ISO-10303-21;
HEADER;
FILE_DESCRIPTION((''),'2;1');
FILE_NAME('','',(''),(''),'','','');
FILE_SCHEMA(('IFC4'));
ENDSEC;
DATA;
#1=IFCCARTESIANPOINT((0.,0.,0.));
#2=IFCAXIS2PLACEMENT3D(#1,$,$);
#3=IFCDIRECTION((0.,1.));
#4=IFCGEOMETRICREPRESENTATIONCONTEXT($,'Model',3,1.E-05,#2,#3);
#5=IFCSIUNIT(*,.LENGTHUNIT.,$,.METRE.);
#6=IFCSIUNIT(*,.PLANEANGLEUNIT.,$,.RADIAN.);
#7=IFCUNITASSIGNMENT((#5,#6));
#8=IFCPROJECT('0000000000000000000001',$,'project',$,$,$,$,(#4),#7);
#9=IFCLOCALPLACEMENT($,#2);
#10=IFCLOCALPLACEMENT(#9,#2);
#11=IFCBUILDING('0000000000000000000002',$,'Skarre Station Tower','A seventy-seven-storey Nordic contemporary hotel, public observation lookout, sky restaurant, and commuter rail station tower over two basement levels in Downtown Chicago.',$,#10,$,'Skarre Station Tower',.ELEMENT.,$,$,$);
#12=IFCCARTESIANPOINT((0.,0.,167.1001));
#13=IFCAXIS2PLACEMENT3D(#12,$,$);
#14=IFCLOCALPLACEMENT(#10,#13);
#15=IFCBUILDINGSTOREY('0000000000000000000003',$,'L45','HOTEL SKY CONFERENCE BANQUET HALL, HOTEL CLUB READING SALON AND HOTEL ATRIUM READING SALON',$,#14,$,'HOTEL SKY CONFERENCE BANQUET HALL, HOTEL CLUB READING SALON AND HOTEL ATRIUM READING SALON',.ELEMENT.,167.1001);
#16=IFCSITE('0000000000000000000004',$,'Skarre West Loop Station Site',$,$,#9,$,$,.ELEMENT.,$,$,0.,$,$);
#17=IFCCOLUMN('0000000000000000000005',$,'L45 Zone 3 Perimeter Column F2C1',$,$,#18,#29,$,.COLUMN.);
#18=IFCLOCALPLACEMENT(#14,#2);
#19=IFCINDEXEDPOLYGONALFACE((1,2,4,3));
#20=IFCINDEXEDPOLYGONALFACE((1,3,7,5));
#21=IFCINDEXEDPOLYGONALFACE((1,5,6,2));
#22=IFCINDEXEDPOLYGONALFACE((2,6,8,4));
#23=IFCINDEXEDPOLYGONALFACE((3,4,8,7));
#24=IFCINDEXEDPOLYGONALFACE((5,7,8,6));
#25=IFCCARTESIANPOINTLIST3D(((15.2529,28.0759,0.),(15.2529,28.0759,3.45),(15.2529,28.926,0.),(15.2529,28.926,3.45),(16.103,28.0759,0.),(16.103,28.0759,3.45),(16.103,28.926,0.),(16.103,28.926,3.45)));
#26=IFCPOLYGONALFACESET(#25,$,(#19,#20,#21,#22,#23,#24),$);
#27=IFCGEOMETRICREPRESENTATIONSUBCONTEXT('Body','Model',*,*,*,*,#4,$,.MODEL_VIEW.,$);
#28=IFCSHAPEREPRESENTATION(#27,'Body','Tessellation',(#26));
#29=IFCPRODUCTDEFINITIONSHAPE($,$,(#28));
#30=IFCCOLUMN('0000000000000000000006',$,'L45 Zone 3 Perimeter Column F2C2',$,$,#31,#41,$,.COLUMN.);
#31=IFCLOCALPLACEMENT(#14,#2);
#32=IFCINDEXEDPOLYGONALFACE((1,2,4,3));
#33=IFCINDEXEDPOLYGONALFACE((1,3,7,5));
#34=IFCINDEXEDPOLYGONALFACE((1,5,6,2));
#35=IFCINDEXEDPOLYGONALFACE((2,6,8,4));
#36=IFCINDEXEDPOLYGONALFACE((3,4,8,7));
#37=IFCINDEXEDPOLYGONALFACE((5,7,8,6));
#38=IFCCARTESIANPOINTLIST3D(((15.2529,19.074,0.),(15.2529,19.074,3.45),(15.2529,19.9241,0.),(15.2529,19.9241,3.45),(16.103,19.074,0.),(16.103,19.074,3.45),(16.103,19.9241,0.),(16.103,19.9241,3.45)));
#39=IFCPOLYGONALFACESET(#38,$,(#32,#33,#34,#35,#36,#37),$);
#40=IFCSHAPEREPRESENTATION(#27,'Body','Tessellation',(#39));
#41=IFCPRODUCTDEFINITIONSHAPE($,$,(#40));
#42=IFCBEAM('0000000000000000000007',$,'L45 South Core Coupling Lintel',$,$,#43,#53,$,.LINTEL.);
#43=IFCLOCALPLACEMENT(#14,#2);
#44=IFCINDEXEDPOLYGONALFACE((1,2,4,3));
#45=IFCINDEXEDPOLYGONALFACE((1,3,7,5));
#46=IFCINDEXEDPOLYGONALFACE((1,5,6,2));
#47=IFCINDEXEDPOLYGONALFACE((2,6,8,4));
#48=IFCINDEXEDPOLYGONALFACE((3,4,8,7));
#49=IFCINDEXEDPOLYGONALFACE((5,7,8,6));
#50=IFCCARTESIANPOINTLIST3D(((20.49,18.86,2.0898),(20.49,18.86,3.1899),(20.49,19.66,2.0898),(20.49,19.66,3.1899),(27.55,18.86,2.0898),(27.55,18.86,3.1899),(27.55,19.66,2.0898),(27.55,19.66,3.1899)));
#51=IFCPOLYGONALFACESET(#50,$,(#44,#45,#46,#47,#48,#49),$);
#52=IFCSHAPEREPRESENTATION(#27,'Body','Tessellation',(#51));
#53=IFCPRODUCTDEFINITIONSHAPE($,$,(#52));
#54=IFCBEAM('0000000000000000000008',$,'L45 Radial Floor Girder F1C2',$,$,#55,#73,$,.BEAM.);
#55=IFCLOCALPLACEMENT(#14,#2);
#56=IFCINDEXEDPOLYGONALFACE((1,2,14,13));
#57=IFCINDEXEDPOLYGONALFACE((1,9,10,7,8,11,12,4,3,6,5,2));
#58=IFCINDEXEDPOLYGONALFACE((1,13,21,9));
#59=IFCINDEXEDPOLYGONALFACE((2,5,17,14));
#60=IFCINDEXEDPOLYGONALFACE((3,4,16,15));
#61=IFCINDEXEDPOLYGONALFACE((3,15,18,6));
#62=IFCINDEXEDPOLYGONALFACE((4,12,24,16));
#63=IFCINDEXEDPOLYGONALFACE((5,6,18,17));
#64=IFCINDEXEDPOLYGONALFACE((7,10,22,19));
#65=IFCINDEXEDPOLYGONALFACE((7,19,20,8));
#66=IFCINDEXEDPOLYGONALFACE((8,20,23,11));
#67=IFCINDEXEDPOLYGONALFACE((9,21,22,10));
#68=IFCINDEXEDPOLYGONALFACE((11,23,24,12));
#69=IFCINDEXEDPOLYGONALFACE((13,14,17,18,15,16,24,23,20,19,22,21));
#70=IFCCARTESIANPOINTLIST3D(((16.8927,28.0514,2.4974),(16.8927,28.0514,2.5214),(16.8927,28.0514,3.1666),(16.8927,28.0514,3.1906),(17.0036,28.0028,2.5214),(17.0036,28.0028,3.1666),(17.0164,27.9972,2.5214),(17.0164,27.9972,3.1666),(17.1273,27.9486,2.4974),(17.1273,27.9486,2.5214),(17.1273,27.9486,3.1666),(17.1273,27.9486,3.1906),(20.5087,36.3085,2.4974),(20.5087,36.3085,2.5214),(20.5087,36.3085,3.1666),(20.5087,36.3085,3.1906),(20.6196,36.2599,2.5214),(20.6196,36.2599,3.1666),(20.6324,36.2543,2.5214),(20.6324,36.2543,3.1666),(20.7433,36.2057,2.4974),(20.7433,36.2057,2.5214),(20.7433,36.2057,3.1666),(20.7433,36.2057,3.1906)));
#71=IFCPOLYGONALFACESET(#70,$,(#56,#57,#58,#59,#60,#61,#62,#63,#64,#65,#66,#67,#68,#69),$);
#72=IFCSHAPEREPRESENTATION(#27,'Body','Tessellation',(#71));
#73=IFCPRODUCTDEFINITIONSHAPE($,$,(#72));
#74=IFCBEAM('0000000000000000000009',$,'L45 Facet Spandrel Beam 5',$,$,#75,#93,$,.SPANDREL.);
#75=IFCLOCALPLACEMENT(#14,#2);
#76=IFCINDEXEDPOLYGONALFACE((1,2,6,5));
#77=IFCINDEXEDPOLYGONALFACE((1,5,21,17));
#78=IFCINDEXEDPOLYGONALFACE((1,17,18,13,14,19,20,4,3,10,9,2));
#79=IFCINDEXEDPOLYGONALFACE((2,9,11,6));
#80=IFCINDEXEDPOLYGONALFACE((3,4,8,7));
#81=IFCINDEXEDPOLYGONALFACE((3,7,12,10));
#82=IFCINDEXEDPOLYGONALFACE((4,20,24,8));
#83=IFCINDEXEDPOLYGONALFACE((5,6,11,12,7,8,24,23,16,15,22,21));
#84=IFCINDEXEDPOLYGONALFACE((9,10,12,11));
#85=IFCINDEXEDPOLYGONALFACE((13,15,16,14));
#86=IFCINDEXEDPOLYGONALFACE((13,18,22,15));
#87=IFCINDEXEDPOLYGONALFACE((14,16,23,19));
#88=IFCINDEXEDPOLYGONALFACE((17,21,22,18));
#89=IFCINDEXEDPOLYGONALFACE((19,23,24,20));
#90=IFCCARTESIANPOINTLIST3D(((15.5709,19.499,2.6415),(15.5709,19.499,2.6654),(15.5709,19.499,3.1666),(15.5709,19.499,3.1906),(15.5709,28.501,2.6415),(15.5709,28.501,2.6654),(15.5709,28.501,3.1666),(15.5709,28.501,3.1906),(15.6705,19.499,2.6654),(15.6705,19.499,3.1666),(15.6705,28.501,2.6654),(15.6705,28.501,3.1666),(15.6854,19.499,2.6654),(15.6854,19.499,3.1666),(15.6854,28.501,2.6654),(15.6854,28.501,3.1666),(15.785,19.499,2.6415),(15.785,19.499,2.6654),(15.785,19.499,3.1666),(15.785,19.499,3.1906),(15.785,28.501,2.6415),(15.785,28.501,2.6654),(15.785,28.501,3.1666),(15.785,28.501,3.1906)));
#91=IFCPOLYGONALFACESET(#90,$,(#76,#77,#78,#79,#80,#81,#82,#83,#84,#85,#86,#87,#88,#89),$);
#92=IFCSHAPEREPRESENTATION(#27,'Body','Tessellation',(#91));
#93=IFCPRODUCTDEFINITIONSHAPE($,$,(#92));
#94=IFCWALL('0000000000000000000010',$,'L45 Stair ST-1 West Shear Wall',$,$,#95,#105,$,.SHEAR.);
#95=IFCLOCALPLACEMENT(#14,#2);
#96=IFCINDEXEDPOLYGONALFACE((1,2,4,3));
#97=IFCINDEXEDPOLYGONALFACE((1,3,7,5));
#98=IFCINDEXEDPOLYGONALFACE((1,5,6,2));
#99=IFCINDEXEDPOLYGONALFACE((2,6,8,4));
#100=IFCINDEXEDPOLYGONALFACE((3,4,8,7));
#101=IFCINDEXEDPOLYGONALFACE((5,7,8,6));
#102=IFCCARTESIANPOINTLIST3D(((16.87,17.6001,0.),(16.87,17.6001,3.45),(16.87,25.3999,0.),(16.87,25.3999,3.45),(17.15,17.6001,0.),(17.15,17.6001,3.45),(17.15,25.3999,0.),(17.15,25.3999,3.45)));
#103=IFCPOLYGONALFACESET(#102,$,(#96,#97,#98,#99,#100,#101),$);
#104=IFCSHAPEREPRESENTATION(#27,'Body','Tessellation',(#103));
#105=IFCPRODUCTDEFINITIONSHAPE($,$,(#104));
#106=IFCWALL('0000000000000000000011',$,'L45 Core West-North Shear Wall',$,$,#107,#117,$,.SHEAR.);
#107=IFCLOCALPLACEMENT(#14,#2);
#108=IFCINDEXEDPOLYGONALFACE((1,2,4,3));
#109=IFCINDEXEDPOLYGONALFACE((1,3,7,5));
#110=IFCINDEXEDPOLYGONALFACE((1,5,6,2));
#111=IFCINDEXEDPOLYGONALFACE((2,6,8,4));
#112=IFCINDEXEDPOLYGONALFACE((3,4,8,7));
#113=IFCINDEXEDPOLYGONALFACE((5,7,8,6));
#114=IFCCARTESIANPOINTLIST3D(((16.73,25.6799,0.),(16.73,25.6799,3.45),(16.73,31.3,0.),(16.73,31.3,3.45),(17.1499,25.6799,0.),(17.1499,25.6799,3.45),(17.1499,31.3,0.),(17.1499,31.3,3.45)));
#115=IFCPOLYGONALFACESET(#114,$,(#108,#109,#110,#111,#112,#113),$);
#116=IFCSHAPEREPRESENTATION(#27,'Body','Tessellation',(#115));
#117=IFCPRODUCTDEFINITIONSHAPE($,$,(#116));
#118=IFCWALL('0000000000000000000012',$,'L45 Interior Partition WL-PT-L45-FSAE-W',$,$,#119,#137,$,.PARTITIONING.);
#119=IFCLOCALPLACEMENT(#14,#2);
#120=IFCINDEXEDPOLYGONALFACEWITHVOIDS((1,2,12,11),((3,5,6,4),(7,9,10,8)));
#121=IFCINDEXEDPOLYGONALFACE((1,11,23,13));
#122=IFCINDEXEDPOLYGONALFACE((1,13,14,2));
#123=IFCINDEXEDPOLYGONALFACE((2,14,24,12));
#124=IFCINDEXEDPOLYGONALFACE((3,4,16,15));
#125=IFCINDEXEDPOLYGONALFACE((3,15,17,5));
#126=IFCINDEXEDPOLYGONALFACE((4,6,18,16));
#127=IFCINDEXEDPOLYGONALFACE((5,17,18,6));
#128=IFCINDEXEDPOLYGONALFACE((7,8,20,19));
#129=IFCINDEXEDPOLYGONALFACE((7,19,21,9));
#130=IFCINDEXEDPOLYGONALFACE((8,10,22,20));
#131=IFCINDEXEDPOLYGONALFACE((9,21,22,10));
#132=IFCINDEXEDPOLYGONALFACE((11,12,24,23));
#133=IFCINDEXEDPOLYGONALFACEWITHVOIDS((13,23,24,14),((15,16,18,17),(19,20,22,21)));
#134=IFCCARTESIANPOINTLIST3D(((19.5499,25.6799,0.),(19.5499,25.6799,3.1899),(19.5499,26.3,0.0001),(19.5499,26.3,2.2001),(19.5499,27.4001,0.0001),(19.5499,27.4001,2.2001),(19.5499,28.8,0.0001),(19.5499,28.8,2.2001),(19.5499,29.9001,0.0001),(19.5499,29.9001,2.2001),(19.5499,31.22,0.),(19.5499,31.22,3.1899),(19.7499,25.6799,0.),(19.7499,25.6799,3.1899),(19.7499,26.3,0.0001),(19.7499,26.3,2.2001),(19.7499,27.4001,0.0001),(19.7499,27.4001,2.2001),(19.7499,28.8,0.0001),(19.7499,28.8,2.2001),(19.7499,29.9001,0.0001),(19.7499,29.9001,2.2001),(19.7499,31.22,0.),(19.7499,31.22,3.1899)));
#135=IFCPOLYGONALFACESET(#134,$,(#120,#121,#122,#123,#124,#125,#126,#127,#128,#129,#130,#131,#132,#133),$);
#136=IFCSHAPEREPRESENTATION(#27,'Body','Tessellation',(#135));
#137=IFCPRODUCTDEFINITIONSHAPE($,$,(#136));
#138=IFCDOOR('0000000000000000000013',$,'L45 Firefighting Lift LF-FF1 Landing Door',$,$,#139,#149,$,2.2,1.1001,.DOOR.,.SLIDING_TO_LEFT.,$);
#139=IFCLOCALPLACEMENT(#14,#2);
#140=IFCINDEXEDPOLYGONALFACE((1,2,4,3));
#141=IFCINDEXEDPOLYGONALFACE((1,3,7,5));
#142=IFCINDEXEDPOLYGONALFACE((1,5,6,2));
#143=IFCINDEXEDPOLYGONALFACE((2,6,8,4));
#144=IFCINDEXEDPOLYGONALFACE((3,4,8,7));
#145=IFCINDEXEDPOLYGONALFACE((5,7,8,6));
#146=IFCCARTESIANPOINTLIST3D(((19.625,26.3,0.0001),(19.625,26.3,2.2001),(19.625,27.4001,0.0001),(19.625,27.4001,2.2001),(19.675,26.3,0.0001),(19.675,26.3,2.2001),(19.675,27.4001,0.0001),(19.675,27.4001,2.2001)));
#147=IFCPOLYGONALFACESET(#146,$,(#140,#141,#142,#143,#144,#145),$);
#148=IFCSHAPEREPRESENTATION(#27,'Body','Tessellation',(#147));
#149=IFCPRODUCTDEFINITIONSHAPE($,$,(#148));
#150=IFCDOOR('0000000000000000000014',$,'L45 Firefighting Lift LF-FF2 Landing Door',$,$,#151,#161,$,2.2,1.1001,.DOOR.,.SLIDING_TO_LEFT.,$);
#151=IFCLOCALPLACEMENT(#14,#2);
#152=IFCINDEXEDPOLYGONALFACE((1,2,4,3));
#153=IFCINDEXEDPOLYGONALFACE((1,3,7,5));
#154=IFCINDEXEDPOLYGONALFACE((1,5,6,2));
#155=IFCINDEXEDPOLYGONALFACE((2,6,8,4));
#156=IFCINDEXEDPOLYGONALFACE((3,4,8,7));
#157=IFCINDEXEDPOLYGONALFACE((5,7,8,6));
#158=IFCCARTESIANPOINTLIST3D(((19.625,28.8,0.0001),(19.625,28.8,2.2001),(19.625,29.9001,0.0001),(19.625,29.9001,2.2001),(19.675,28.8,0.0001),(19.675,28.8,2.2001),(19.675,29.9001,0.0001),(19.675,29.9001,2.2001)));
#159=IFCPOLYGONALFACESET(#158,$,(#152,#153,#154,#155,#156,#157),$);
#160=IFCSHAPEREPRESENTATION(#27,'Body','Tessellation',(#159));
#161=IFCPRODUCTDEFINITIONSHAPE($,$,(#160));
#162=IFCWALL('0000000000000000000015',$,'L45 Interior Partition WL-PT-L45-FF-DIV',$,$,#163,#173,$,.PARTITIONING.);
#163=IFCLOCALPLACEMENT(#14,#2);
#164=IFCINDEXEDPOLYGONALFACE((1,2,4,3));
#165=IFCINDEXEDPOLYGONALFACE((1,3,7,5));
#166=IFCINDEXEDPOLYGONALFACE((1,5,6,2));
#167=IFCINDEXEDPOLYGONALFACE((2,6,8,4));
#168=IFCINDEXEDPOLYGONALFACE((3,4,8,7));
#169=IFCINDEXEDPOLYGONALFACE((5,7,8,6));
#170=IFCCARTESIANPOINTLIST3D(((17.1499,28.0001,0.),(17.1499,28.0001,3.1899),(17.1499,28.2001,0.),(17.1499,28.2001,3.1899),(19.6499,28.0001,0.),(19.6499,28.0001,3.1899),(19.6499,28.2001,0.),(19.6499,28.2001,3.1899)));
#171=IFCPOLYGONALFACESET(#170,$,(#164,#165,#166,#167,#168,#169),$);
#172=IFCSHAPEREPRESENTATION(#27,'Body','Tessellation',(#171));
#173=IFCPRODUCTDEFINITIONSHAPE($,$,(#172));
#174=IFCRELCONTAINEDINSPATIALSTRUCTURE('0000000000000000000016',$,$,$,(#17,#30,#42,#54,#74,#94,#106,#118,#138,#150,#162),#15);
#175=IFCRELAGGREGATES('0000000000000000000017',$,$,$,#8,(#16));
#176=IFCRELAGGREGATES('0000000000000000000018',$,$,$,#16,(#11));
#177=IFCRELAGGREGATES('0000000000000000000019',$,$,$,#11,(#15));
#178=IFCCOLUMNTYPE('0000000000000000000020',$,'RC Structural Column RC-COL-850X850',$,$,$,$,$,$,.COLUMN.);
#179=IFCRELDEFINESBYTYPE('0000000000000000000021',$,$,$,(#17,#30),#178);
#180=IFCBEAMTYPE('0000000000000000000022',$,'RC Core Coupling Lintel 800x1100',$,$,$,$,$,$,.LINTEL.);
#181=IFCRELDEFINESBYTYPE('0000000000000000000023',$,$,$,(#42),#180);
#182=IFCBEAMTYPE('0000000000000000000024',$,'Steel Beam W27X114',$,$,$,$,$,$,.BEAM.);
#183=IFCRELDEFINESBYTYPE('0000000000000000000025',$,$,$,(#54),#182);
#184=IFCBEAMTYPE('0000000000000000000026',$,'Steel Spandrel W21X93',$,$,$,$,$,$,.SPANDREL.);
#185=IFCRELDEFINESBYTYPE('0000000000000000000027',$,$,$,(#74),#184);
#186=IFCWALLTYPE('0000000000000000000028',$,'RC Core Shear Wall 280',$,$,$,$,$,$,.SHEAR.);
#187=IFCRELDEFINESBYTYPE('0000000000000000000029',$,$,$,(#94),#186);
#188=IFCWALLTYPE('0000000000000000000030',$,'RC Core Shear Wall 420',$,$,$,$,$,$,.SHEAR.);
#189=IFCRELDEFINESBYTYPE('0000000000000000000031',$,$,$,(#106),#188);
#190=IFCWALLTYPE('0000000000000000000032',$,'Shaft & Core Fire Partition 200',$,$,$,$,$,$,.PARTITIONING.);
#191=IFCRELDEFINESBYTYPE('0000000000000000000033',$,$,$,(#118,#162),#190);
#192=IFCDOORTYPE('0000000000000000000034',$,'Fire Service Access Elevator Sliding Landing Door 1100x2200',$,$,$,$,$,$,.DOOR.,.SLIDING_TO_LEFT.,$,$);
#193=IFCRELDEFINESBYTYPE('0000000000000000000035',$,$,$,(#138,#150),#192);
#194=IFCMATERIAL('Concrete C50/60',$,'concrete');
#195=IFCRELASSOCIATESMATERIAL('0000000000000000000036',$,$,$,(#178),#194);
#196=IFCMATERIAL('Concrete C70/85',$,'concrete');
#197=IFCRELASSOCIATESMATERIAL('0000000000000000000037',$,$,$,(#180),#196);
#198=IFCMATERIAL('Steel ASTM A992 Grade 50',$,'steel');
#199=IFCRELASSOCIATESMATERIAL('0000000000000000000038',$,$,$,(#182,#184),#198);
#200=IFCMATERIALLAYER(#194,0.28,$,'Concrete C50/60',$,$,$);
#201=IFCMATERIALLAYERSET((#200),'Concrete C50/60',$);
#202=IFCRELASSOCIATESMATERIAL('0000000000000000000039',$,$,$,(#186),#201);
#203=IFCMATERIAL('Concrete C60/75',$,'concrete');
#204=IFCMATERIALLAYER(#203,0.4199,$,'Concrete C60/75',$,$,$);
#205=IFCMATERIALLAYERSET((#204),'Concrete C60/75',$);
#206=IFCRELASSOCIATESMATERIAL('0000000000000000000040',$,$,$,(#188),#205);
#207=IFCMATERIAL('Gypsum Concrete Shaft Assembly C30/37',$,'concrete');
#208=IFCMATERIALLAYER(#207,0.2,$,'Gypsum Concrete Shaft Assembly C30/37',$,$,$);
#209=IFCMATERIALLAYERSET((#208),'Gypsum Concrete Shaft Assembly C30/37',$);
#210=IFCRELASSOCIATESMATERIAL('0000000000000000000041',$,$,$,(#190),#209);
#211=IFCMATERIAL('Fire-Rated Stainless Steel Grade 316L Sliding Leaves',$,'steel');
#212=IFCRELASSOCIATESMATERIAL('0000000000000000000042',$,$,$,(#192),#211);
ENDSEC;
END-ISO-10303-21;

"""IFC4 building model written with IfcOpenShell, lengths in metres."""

from ifc_helpers import new_model, si_unit, direction, frame, frame_2d, origin, origin_2d, place, context, subcontext, project, spatial, rectangle, i_section, extrude, material, layer, layer_set, material_profile, profile_set, type_object, element, fill, save


model = new_model("IFC4")

# Units and contexts
model_context = context("Model", 3, precision=1e-05, world=origin(), true_north=direction((0.0, 1.0)))
body_context = subcontext(model_context, "Body", "Model", "MODEL_VIEW")
ifc_project = project(units=[si_unit("LENGTHUNIT", "METRE"), si_unit("PLANEANGLEUNIT", "RADIAN")], contexts=[model_context])

# Site, building, storey
site_placement = place(None, origin())
site = spatial("IfcSite", under=ifc_project, at=site_placement, Name="Skarre West Loop Station Site", CompositionType="ELEMENT", RefElevation=0.0)
building_placement = place(site_placement, origin())
building = spatial("IfcBuilding", under=site, at=building_placement, Name="Skarre Station Tower", Description="A seventy-seven-storey Nordic contemporary hotel, public observation lookout, sky restaurant, and commuter rail station tower over two basement levels in Downtown Chicago.", LongName="Skarre Station Tower", CompositionType="ELEMENT")
storey_placement = place(building_placement, frame((0.0, 0.0, 167.1001)))
storey = spatial("IfcBuildingStorey", under=building, at=storey_placement, Name="L45", Description="HOTEL SKY CONFERENCE BANQUET HALL, HOTEL CLUB READING SALON AND HOTEL ATRIUM READING SALON", LongName="HOTEL SKY CONFERENCE BANQUET HALL, HOTEL CLUB READING SALON AND HOTEL ATRIUM READING SALON", CompositionType="ELEMENT", Elevation=167.1001)

# Columns
ifc_material_1 = material(Name="Concrete C50/60", Category="concrete")
ifc_material_profile_1 = material_profile(ifc_material_1, rectangle(XDim=0.8501, YDim=0.8501, at=origin_2d()), Name="Concrete C50/60")
ifc_profile_set_1 = profile_set([ifc_material_profile_1], Name="Concrete C50/60")
column_type = type_object("IfcColumnType", Name="RC Structural Column RC-COL-850X850", PredefinedType="COLUMN", material=ifc_profile_set_1)
for number, where, z_axis, x_axis, name in (
    (1, (15.678, 28.501, 0.0), (0.0, 0.0, 1.0), (1.0, 0.0, 0.0), "L45 Zone 3 Perimeter Column F2C1"),
    (2, (15.678, 19.499, 0.0), (0.0, 0.0, 1.0), (1.0, 0.0, 0.0), "L45 Zone 3 Perimeter Column F2C2"),
):
    element("IfcColumn", number, at=place(storey_placement, frame(where, z_axis=z_axis, x_axis=x_axis)), inside=storey, type_object=column_type, Name=name, PredefinedType="COLUMN", context=body_context, shape_type="SweptSolid", body=[
        extrude(rectangle(XDim=0.8501, YDim=0.8501, at=origin_2d()), origin(), (0.0, 0.0, 1.0), 3.45),
    ])

# Beams
ifc_material_2 = material(Name="Concrete C70/85", Category="concrete")
ifc_material_profile_2 = material_profile(ifc_material_2, rectangle(XDim=0.8, YDim=1.1001, at=origin_2d()), Name="Concrete C70/85")
ifc_profile_set_2 = profile_set([ifc_material_profile_2], Name="Concrete C70/85")
beam_type_1 = type_object("IfcBeamType", Name="RC Core Coupling Lintel 800x1100", PredefinedType="LINTEL", material=ifc_profile_set_2)
beam_1_placement = place(storey_placement, frame((20.49, 19.26, 2.6399), z_axis=(1.0, 0.0, 0.0), x_axis=(0.0, 1.0, 0.0)))
element("IfcBeam", 3, at=beam_1_placement, inside=storey, type_object=beam_type_1, Name="L45 South Core Coupling Lintel", PredefinedType="LINTEL", context=body_context, shape_type="SweptSolid", body=[
    extrude(rectangle(XDim=0.8, YDim=1.1001, at=origin_2d()), origin(), (0.0, 0.0, 1.0), 7.0601),
])
ifc_material_3 = material(Name="Steel ASTM A992 Grade 50", Category="steel")
ifc_material_profile_3 = material_profile(ifc_material_3, i_section(OverallWidth=0.2561, OverallDepth=0.6931, WebThickness=0.0139, FlangeThickness=0.0239, at=origin_2d()), Name="Steel ASTM A992 Grade 50")
ifc_profile_set_3 = profile_set([ifc_material_profile_3], Name="Steel ASTM A992 Grade 50")
beam_type_2 = type_object("IfcBeamType", Name="Steel Beam W27X114", PredefinedType="BEAM", material=ifc_profile_set_3)
beam_2_placement = place(storey_placement, frame((17.01, 28.0, 2.844), z_axis=(0.401144, 0.916015, 0.0), x_axis=(-0.916015, 0.401144, 0.0)))
element("IfcBeam", 4, at=beam_2_placement, inside=storey, type_object=beam_type_2, Name="L45 Radial Floor Girder F1C2", PredefinedType="BEAM", context=body_context, shape_type="SweptSolid", body=[
    extrude(i_section(OverallWidth=0.2561, OverallDepth=0.6931, WebThickness=0.0139, FlangeThickness=0.0239, at=origin_2d()), origin(), (0.0, 0.0, 1.0), 9.0142),
])
ifc_material_profile_4 = material_profile(ifc_material_3, i_section(OverallWidth=0.2141, OverallDepth=0.5491, WebThickness=0.0149, FlangeThickness=0.0239, at=origin_2d()), Name="Steel ASTM A992 Grade 50")
ifc_profile_set_4 = profile_set([ifc_material_profile_4], Name="Steel ASTM A992 Grade 50")
beam_type_3 = type_object("IfcBeamType", Name="Steel Spandrel W21X93", PredefinedType="SPANDREL", material=ifc_profile_set_4)
beam_3_placement = place(storey_placement, frame((15.678, 28.501, 2.916), z_axis=(0.0, -1.0, 0.0), x_axis=(1.0, 0.0, 0.0)))
element("IfcBeam", 5, at=beam_3_placement, inside=storey, type_object=beam_type_3, Name="L45 Facet Spandrel Beam 5", PredefinedType="SPANDREL", context=body_context, shape_type="SweptSolid", body=[
    extrude(i_section(OverallWidth=0.2141, OverallDepth=0.5491, WebThickness=0.0149, FlangeThickness=0.0239, at=origin_2d()), origin(), (0.0, 0.0, 1.0), 9.002),
])

# Walls
ifc_layer_1 = layer(ifc_material_1, 0.28, Name="Concrete C50/60")
ifc_layer_set_1 = layer_set([ifc_layer_1], Name="Concrete C50/60")
wall_type_1 = type_object("IfcWallType", Name="RC Core Shear Wall 280", PredefinedType="SHEAR", material=ifc_layer_set_1)
wall_1_placement = place(storey_placement, frame((17.01, 25.3999, 0.0), z_axis=(0.0, 0.0, 1.0), x_axis=(0.0, -1.0, 0.0)))
element("IfcWall", 6, at=wall_1_placement, inside=storey, type_object=wall_type_1, Name="L45 Stair ST-1 West Shear Wall", PredefinedType="SHEAR", context=body_context, shape_type="SweptSolid", body=[
    extrude(rectangle(XDim=7.7998, YDim=0.28, at=frame_2d((3.8999, 0.0))), origin(), (0.0, 0.0, 1.0), 3.45),
])
ifc_material_4 = material(Name="Concrete C60/75", Category="concrete")
ifc_layer_2 = layer(ifc_material_4, 0.4199, Name="Concrete C60/75")
ifc_layer_set_2 = layer_set([ifc_layer_2], Name="Concrete C60/75")
wall_type_2 = type_object("IfcWallType", Name="RC Core Shear Wall 420", PredefinedType="SHEAR", material=ifc_layer_set_2)
wall_2_placement = place(storey_placement, frame((16.9399, 25.6799, 0.0), z_axis=(0.0, 0.0, 1.0), x_axis=(0.0, 1.0, 0.0)))
element("IfcWall", 7, at=wall_2_placement, inside=storey, type_object=wall_type_2, Name="L45 Core West-North Shear Wall", PredefinedType="SHEAR", context=body_context, shape_type="SweptSolid", body=[
    extrude(rectangle(XDim=5.6201, YDim=0.4199, at=frame_2d((2.8101, 0.0))), origin(), (0.0, 0.0, 1.0), 3.45),
])

# Wall, openings, doors
ifc_material_5 = material(Name="Gypsum Concrete Shaft Assembly C30/37", Category="concrete")
ifc_layer_3 = layer(ifc_material_5, 0.2, Name="Gypsum Concrete Shaft Assembly C30/37")
ifc_layer_set_3 = layer_set([ifc_layer_3], Name="Gypsum Concrete Shaft Assembly C30/37")
wall_type_3 = type_object("IfcWallType", Name="Shaft & Core Fire Partition 200", PredefinedType="PARTITIONING", material=ifc_layer_set_3)
wall_3_placement = place(storey_placement, frame((19.6499, 25.6799, 0.0), z_axis=(0.0, 0.0, 1.0), x_axis=(0.0, 1.0, 0.0)))
wall_3 = element("IfcWall", 8, at=wall_3_placement, inside=storey, type_object=wall_type_3, Name="L45 Interior Partition WL-PT-L45-FSAE-W", PredefinedType="PARTITIONING", context=body_context, shape_type="SweptSolid", body=[
    extrude(rectangle(XDim=5.54, YDim=0.2, at=frame_2d((2.77, 0.0))), origin(), (0.0, 0.0, 1.0), 3.1899),
])
opening_1_placement = place(wall_3_placement, frame((0.6201, 0.0, 0.0)))
opening_1 = element("IfcOpeningElement", 9, at=opening_1_placement, cuts=wall_3, PredefinedType="OPENING", context=body_context, shape_type="SweptSolid", body=[
    extrude(rectangle(XDim=1.1001, YDim=2.2, at=frame_2d((0.55, 1.1001))), frame((0.0, 0.1099, 0.0), z_axis=(0.0, -1.0, 0.0), x_axis=(1.0, 0.0, 0.0)), (0.0, 0.0, 1.0), 0.22),
])
opening_2_placement = place(wall_3_placement, frame((3.1201, 0.0, 0.0)))
opening_2 = element("IfcOpeningElement", 10, at=opening_2_placement, cuts=wall_3, PredefinedType="OPENING", context=body_context, shape_type="SweptSolid", body=[
    extrude(rectangle(XDim=1.1001, YDim=2.2, at=frame_2d((0.55, 1.1001))), frame((0.0, 0.1099, 0.0), z_axis=(0.0, -1.0, 0.0), x_axis=(1.0, 0.0, 0.0)), (0.0, 0.0, 1.0), 0.22),
])
ifc_material_6 = material(Name="Fire-Rated Stainless Steel Grade 316L Sliding Leaves", Category="steel")
door_type = type_object("IfcDoorType", Name="Fire Service Access Elevator Sliding Landing Door 1100x2200", OperationType="SLIDING_TO_LEFT", PredefinedType="DOOR", material=ifc_material_6)
door_1_placement = place(opening_1_placement, origin())
door_1 = element("IfcDoor", 11, at=door_1_placement, inside=storey, type_object=door_type, Name="L45 Firefighting Lift LF-FF1 Landing Door", OperationType="SLIDING_TO_LEFT", OverallHeight=2.2, OverallWidth=1.1001, PredefinedType="DOOR", context=body_context, shape_type="SweptSolid", body=[
    extrude(rectangle(XDim=1.1001, YDim=2.2, at=frame_2d((0.55, 1.1001))), frame((0.0, 0.0249, 0.0), z_axis=(0.0, -1.0, 0.0), x_axis=(1.0, 0.0, 0.0)), (0.0, 0.0, 1.0), 0.05),
])
fill(opening_1, door_1)
door_2_placement = place(opening_2_placement, origin())
door_2 = element("IfcDoor", 12, at=door_2_placement, inside=storey, type_object=door_type, Name="L45 Firefighting Lift LF-FF2 Landing Door", OperationType="SLIDING_TO_LEFT", OverallHeight=2.2, OverallWidth=1.1001, PredefinedType="DOOR", context=body_context, shape_type="SweptSolid", body=[
    extrude(rectangle(XDim=1.1001, YDim=2.2, at=frame_2d((0.55, 1.1001))), frame((0.0, 0.0249, 0.0), z_axis=(0.0, -1.0, 0.0), x_axis=(1.0, 0.0, 0.0)), (0.0, 0.0, 1.0), 0.05),
])
fill(opening_2, door_2)

# Wall
wall_4_placement = place(storey_placement, frame((17.1499, 28.1001, 0.0), z_axis=(0.0, 0.0, 1.0), x_axis=(1.0, 0.0, 0.0)))
element("IfcWall", 13, at=wall_4_placement, inside=storey, type_object=wall_type_3, Name="L45 Interior Partition WL-PT-L45-FF-DIV", PredefinedType="PARTITIONING", context=body_context, shape_type="SweptSolid", body=[
    extrude(rectangle(XDim=2.5, YDim=0.2, at=frame_2d((1.25, 0.0))), origin(), (0.0, 0.0, 1.0), 3.1899),
])

save(model, "model.ifc")
